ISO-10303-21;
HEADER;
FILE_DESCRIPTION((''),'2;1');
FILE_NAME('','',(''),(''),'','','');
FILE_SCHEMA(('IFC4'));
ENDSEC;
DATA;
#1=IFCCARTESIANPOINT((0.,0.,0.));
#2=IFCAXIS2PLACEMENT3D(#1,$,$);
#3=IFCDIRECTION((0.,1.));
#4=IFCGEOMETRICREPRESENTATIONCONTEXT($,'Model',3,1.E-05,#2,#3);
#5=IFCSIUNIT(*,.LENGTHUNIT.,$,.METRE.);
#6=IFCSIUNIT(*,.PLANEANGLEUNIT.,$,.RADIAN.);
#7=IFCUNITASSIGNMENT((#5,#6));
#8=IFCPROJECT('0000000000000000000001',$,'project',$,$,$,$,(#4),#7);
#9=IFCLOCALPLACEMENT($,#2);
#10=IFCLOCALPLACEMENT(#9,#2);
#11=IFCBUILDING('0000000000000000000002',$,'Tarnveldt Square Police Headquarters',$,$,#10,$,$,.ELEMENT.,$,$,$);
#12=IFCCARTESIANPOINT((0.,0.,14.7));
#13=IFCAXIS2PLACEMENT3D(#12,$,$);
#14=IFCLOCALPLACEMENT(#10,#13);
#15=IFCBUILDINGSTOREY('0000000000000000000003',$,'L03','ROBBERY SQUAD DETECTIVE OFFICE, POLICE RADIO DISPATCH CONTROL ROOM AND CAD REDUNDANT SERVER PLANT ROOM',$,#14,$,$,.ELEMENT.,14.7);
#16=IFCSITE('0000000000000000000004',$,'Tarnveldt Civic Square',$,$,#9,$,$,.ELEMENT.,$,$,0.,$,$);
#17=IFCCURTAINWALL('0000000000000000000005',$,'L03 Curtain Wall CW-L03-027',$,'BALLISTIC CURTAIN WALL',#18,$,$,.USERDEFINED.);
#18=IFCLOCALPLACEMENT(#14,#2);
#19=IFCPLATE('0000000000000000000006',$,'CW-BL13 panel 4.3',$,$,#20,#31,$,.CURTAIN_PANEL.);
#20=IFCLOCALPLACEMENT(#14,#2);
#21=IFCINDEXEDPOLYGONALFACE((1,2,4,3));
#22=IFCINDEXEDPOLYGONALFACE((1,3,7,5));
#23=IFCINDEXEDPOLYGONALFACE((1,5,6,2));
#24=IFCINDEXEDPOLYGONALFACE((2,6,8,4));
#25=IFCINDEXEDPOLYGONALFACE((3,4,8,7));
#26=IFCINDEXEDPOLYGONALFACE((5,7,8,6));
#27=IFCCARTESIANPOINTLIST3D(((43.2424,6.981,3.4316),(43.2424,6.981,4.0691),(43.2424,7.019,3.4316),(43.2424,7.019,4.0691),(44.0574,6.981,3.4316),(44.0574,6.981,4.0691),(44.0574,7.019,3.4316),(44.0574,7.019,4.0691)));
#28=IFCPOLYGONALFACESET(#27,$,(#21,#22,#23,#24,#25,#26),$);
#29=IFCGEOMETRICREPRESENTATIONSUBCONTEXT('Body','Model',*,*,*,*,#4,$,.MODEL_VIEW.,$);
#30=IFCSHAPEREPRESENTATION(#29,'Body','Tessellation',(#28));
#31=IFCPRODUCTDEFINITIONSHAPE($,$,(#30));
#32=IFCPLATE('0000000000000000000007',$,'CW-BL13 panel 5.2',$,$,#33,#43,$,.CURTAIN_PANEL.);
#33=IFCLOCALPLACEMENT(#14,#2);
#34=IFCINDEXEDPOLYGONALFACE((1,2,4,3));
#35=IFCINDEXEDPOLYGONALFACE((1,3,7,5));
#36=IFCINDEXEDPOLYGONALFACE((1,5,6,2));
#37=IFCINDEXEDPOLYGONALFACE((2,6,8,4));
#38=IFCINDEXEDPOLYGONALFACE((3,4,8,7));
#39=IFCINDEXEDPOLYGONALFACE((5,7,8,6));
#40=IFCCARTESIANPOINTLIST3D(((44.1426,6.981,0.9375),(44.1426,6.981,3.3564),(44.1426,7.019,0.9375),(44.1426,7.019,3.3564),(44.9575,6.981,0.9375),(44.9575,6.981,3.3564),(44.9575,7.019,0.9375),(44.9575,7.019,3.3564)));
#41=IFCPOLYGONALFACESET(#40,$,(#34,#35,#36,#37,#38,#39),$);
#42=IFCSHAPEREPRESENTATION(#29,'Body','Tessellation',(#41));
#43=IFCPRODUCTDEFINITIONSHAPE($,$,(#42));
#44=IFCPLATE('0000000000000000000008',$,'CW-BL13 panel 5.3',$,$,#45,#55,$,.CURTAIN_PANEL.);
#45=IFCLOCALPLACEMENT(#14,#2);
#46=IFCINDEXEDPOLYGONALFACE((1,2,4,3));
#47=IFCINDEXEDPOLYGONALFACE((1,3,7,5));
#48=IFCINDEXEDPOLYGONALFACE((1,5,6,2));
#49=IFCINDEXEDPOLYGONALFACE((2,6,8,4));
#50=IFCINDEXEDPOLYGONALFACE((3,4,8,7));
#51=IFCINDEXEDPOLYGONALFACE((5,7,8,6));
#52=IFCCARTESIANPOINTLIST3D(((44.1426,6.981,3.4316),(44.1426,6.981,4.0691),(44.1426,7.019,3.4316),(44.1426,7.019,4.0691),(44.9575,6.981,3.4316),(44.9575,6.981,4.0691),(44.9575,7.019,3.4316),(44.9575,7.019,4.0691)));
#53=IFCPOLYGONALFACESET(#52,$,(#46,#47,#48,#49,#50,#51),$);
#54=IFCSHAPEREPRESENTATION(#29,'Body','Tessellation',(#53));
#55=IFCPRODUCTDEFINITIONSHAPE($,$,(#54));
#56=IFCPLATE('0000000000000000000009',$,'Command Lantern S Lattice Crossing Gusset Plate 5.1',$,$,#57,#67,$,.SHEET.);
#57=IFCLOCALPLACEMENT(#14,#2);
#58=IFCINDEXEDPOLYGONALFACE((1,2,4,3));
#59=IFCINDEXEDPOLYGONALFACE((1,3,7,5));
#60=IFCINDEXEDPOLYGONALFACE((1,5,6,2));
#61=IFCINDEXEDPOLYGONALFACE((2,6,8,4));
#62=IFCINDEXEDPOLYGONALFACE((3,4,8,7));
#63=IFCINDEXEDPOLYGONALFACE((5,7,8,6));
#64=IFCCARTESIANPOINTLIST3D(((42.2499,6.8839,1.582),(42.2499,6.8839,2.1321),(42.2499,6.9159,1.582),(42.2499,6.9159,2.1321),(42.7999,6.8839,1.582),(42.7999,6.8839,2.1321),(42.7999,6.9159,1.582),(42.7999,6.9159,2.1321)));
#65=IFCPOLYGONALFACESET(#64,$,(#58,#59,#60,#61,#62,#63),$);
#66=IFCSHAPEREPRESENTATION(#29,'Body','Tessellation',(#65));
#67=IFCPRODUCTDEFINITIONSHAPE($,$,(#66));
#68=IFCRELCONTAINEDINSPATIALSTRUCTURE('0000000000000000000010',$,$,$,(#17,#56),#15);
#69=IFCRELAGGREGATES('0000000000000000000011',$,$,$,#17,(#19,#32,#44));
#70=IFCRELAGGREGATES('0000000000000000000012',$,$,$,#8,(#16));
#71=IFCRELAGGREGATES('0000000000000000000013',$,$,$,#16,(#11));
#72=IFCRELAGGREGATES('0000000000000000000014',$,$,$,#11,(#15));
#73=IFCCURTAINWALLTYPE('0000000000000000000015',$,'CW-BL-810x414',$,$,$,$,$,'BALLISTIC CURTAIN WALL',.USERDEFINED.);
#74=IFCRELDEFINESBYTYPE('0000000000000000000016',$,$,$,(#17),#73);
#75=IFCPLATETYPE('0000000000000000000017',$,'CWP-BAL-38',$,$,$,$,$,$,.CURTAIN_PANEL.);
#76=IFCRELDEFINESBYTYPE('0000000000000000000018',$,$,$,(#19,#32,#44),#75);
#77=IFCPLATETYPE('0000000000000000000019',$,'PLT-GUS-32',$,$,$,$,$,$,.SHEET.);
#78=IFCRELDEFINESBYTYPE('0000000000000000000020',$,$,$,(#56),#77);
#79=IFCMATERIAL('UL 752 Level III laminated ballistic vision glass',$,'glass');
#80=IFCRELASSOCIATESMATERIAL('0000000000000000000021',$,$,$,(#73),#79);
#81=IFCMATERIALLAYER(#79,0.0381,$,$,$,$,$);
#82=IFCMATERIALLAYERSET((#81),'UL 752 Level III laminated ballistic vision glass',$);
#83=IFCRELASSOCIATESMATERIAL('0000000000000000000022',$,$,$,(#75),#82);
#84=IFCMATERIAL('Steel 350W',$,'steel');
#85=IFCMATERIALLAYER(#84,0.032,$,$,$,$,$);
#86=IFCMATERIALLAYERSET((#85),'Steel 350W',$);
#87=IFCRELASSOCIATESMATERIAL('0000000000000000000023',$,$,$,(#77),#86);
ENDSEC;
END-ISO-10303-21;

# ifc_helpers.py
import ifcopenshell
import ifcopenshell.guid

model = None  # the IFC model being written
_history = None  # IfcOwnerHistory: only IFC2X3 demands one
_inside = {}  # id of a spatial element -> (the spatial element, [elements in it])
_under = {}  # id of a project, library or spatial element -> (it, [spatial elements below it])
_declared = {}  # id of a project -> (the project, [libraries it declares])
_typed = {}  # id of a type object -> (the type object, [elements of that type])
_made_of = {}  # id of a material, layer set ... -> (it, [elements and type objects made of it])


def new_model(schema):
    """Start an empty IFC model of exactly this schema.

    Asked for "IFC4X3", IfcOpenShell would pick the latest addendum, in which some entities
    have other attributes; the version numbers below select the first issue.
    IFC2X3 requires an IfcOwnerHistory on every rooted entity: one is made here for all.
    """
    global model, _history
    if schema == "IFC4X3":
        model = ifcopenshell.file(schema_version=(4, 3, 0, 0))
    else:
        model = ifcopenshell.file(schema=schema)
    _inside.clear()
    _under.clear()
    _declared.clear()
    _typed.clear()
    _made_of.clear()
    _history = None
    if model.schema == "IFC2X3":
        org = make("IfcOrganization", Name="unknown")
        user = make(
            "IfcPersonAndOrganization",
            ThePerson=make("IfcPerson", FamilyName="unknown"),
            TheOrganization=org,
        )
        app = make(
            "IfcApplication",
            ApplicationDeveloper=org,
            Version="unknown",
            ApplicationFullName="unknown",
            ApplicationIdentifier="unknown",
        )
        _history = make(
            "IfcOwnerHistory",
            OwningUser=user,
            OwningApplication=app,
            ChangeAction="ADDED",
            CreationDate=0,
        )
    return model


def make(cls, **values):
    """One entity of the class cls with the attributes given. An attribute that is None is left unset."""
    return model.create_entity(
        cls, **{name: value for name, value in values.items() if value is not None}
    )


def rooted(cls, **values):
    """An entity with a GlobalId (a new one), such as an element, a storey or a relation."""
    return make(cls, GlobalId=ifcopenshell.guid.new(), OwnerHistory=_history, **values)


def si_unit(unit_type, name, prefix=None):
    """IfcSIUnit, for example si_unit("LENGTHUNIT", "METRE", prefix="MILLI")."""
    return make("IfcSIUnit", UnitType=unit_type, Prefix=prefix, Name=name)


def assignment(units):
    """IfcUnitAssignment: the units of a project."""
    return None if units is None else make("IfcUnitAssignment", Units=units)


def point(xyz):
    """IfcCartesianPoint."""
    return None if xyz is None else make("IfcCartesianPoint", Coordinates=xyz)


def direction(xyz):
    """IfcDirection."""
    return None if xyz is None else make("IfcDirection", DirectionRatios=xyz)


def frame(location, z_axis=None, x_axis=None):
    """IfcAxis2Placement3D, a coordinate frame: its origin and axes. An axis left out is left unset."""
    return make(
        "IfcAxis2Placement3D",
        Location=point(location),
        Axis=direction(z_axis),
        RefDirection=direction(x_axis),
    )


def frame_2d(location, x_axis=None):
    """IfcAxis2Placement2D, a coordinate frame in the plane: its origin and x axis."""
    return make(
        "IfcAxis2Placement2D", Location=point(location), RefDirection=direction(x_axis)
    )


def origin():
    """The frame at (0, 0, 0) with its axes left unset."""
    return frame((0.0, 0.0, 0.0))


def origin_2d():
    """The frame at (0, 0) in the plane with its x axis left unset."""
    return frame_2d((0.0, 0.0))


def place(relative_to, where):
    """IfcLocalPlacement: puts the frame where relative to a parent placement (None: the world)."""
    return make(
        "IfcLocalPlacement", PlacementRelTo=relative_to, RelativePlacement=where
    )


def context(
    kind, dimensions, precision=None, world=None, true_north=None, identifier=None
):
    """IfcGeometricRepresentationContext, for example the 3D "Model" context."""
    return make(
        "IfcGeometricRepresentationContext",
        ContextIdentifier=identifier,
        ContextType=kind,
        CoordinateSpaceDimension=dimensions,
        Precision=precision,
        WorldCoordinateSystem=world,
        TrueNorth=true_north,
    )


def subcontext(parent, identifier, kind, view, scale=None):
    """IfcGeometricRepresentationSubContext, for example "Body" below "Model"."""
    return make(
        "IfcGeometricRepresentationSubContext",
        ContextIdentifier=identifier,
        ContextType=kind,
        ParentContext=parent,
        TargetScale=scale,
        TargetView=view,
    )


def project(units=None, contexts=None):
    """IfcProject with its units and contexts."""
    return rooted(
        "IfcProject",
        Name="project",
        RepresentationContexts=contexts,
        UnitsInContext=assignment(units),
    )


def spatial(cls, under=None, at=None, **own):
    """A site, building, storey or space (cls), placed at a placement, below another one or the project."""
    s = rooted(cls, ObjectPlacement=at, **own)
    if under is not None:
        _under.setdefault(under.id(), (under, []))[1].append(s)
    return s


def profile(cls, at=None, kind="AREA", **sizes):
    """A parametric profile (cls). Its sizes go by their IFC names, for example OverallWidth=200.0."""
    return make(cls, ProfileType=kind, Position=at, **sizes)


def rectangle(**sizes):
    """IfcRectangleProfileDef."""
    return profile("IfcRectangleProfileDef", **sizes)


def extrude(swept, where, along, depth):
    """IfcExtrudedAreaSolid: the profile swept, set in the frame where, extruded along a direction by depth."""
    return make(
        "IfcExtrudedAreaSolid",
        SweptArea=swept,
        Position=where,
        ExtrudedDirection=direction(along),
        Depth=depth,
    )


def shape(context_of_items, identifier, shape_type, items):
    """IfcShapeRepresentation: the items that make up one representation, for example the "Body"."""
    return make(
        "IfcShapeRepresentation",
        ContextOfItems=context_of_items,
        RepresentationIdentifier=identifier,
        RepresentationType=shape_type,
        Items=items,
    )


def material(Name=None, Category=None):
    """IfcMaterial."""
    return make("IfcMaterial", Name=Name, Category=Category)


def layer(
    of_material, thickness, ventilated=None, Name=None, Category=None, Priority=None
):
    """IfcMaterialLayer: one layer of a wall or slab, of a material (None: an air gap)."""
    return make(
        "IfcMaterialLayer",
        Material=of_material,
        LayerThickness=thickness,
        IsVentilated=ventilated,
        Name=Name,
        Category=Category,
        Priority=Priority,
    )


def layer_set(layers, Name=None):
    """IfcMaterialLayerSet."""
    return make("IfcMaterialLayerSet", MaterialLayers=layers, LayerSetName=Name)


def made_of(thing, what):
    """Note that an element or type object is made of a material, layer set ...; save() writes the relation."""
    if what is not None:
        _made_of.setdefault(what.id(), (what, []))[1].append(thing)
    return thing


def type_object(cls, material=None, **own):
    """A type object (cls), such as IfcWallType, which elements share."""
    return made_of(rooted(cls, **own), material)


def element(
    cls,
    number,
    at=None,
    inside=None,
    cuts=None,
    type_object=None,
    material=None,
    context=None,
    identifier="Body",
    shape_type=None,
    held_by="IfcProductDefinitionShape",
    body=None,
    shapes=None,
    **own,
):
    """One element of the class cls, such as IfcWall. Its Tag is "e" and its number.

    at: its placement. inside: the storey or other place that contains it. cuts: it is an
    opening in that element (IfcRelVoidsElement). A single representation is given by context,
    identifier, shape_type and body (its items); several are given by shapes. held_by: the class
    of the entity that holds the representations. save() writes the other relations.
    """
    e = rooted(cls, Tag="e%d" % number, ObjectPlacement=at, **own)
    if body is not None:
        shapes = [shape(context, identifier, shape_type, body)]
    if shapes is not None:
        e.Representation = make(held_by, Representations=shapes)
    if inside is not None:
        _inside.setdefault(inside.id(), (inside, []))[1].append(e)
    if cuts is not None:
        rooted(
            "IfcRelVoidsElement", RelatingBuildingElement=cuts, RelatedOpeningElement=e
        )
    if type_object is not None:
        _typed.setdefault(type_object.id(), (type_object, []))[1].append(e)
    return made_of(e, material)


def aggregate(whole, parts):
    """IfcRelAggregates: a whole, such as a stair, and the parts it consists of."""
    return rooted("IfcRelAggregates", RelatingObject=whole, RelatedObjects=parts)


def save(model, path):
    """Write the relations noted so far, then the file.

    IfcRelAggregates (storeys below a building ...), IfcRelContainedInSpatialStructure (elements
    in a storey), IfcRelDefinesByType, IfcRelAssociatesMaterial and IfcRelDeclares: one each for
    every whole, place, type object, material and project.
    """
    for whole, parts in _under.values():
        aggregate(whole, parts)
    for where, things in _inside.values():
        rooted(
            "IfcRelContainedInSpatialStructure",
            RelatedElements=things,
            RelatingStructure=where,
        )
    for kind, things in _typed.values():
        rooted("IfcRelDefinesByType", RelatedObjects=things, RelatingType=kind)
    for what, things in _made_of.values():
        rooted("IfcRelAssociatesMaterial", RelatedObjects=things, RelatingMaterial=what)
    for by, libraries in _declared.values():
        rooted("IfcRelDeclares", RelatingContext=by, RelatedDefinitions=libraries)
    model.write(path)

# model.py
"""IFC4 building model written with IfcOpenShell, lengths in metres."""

from ifc_helpers import new_model, si_unit, direction, frame, origin, origin_2d, place, context, subcontext, project, spatial, rectangle, extrude, material, layer, layer_set, type_object, element, aggregate, save


model = new_model("IFC4")

# Units and contexts
model_context = context("Model", 3, precision=1e-05, world=origin(), true_north=direction((0.0, 1.0)))
body_context = subcontext(model_context, "Body", "Model", "MODEL_VIEW")
ifc_project = project(units=[si_unit("LENGTHUNIT", "METRE"), si_unit("PLANEANGLEUNIT", "RADIAN")], contexts=[model_context])

# Site, building, storey
site_placement = place(None, origin())
site = spatial("IfcSite", under=ifc_project, at=site_placement, Name="Tarnveldt Civic Square", CompositionType="ELEMENT", RefElevation=0.0)
building_placement = place(site_placement, origin())
building = spatial("IfcBuilding", under=site, at=building_placement, Name="Tarnveldt Square Police Headquarters", CompositionType="ELEMENT")
storey_placement = place(building_placement, frame((0.0, 0.0, 14.7)))
storey = spatial("IfcBuildingStorey", under=building, at=storey_placement, Name="L03", Description="ROBBERY SQUAD DETECTIVE OFFICE, POLICE RADIO DISPATCH CONTROL ROOM AND CAD REDUNDANT SERVER PLANT ROOM", CompositionType="ELEMENT", Elevation=14.7)

# Curtain wall
ifc_material_1 = material(Name="UL 752 Level III laminated ballistic vision glass", Category="glass")
curtain_wall_type = type_object("IfcCurtainWallType", Name="CW-BL-810x414", ElementType="BALLISTIC CURTAIN WALL", PredefinedType="USERDEFINED", material=ifc_material_1)
curtain_wall_1_placement = place(storey_placement, origin())
curtain_wall_1 = element("IfcCurtainWall", 1, at=curtain_wall_1_placement, inside=storey, type_object=curtain_wall_type, Name="L03 Curtain Wall CW-L03-027", ObjectType="BALLISTIC CURTAIN WALL", PredefinedType="USERDEFINED")

# Shared definitions
ifc_material_2 = material(Name="Steel 350W", Category="steel")

# Plates
ifc_layer_1 = layer(ifc_material_1, 0.0381)
ifc_layer_set_1 = layer_set([ifc_layer_1], Name="UL 752 Level III laminated ballistic vision glass")
plate_type_1 = type_object("IfcPlateType", Name="CWP-BAL-38", PredefinedType="CURTAIN_PANEL", material=ifc_layer_set_1)
plate_1_placement = place(storey_placement, frame((43.6499, 7.0, 3.4316), z_axis=(0.0, 0.0, 1.0), x_axis=(1.0, 0.0, 0.0)))
plate_1 = element("IfcPlate", 2, at=plate_1_placement, type_object=plate_type_1, Name="CW-BL13 panel 4.3", PredefinedType="CURTAIN_PANEL", context=body_context, shape_type="SweptSolid", body=[
    extrude(rectangle(XDim=0.8149, YDim=0.0381, at=origin_2d()), origin(), (0.0, 0.0, 1.0), 0.6375),
])
plate_2_placement = place(storey_placement, frame((44.55, 7.0, 0.9375), z_axis=(0.0, 0.0, 1.0), x_axis=(1.0, 0.0, 0.0)))
plate_2 = element("IfcPlate", 3, at=plate_2_placement, type_object=plate_type_1, Name="CW-BL13 panel 5.2", PredefinedType="CURTAIN_PANEL", context=body_context, shape_type="SweptSolid", body=[
    extrude(rectangle(XDim=0.8149, YDim=0.0381, at=origin_2d()), origin(), (0.0, 0.0, 1.0), 2.4189),
])
plate_3_placement = place(storey_placement, frame((44.55, 7.0, 3.4316), z_axis=(0.0, 0.0, 1.0), x_axis=(1.0, 0.0, 0.0)))
plate_3 = element("IfcPlate", 4, at=plate_3_placement, type_object=plate_type_1, Name="CW-BL13 panel 5.3", PredefinedType="CURTAIN_PANEL", context=body_context, shape_type="SweptSolid", body=[
    extrude(rectangle(XDim=0.8149, YDim=0.0381, at=origin_2d()), origin(), (0.0, 0.0, 1.0), 0.6375),
])
aggregate(curtain_wall_1, [plate_1, plate_2, plate_3])
ifc_layer_2 = layer(ifc_material_2, 0.032)
ifc_layer_set_2 = layer_set([ifc_layer_2], Name="Steel 350W")
plate_type_2 = type_object("IfcPlateType", Name="PLT-GUS-32", PredefinedType="SHEET", material=ifc_layer_set_2)
plate_4_placement = place(storey_placement, frame((42.5249, 6.8999, 1.582), z_axis=(0.0, 0.0, 1.0), x_axis=(1.0, 0.0, 0.0)))
element("IfcPlate", 5, at=plate_4_placement, inside=storey, type_object=plate_type_2, Name="Command Lantern S Lattice Crossing Gusset Plate 5.1", PredefinedType="SHEET", context=body_context, shape_type="SweptSolid", body=[
    extrude(rectangle(XDim=0.55, YDim=0.032, at=origin_2d()), origin(), (0.0, 0.0, 1.0), 0.55),
])

save(model, "model.ifc")
